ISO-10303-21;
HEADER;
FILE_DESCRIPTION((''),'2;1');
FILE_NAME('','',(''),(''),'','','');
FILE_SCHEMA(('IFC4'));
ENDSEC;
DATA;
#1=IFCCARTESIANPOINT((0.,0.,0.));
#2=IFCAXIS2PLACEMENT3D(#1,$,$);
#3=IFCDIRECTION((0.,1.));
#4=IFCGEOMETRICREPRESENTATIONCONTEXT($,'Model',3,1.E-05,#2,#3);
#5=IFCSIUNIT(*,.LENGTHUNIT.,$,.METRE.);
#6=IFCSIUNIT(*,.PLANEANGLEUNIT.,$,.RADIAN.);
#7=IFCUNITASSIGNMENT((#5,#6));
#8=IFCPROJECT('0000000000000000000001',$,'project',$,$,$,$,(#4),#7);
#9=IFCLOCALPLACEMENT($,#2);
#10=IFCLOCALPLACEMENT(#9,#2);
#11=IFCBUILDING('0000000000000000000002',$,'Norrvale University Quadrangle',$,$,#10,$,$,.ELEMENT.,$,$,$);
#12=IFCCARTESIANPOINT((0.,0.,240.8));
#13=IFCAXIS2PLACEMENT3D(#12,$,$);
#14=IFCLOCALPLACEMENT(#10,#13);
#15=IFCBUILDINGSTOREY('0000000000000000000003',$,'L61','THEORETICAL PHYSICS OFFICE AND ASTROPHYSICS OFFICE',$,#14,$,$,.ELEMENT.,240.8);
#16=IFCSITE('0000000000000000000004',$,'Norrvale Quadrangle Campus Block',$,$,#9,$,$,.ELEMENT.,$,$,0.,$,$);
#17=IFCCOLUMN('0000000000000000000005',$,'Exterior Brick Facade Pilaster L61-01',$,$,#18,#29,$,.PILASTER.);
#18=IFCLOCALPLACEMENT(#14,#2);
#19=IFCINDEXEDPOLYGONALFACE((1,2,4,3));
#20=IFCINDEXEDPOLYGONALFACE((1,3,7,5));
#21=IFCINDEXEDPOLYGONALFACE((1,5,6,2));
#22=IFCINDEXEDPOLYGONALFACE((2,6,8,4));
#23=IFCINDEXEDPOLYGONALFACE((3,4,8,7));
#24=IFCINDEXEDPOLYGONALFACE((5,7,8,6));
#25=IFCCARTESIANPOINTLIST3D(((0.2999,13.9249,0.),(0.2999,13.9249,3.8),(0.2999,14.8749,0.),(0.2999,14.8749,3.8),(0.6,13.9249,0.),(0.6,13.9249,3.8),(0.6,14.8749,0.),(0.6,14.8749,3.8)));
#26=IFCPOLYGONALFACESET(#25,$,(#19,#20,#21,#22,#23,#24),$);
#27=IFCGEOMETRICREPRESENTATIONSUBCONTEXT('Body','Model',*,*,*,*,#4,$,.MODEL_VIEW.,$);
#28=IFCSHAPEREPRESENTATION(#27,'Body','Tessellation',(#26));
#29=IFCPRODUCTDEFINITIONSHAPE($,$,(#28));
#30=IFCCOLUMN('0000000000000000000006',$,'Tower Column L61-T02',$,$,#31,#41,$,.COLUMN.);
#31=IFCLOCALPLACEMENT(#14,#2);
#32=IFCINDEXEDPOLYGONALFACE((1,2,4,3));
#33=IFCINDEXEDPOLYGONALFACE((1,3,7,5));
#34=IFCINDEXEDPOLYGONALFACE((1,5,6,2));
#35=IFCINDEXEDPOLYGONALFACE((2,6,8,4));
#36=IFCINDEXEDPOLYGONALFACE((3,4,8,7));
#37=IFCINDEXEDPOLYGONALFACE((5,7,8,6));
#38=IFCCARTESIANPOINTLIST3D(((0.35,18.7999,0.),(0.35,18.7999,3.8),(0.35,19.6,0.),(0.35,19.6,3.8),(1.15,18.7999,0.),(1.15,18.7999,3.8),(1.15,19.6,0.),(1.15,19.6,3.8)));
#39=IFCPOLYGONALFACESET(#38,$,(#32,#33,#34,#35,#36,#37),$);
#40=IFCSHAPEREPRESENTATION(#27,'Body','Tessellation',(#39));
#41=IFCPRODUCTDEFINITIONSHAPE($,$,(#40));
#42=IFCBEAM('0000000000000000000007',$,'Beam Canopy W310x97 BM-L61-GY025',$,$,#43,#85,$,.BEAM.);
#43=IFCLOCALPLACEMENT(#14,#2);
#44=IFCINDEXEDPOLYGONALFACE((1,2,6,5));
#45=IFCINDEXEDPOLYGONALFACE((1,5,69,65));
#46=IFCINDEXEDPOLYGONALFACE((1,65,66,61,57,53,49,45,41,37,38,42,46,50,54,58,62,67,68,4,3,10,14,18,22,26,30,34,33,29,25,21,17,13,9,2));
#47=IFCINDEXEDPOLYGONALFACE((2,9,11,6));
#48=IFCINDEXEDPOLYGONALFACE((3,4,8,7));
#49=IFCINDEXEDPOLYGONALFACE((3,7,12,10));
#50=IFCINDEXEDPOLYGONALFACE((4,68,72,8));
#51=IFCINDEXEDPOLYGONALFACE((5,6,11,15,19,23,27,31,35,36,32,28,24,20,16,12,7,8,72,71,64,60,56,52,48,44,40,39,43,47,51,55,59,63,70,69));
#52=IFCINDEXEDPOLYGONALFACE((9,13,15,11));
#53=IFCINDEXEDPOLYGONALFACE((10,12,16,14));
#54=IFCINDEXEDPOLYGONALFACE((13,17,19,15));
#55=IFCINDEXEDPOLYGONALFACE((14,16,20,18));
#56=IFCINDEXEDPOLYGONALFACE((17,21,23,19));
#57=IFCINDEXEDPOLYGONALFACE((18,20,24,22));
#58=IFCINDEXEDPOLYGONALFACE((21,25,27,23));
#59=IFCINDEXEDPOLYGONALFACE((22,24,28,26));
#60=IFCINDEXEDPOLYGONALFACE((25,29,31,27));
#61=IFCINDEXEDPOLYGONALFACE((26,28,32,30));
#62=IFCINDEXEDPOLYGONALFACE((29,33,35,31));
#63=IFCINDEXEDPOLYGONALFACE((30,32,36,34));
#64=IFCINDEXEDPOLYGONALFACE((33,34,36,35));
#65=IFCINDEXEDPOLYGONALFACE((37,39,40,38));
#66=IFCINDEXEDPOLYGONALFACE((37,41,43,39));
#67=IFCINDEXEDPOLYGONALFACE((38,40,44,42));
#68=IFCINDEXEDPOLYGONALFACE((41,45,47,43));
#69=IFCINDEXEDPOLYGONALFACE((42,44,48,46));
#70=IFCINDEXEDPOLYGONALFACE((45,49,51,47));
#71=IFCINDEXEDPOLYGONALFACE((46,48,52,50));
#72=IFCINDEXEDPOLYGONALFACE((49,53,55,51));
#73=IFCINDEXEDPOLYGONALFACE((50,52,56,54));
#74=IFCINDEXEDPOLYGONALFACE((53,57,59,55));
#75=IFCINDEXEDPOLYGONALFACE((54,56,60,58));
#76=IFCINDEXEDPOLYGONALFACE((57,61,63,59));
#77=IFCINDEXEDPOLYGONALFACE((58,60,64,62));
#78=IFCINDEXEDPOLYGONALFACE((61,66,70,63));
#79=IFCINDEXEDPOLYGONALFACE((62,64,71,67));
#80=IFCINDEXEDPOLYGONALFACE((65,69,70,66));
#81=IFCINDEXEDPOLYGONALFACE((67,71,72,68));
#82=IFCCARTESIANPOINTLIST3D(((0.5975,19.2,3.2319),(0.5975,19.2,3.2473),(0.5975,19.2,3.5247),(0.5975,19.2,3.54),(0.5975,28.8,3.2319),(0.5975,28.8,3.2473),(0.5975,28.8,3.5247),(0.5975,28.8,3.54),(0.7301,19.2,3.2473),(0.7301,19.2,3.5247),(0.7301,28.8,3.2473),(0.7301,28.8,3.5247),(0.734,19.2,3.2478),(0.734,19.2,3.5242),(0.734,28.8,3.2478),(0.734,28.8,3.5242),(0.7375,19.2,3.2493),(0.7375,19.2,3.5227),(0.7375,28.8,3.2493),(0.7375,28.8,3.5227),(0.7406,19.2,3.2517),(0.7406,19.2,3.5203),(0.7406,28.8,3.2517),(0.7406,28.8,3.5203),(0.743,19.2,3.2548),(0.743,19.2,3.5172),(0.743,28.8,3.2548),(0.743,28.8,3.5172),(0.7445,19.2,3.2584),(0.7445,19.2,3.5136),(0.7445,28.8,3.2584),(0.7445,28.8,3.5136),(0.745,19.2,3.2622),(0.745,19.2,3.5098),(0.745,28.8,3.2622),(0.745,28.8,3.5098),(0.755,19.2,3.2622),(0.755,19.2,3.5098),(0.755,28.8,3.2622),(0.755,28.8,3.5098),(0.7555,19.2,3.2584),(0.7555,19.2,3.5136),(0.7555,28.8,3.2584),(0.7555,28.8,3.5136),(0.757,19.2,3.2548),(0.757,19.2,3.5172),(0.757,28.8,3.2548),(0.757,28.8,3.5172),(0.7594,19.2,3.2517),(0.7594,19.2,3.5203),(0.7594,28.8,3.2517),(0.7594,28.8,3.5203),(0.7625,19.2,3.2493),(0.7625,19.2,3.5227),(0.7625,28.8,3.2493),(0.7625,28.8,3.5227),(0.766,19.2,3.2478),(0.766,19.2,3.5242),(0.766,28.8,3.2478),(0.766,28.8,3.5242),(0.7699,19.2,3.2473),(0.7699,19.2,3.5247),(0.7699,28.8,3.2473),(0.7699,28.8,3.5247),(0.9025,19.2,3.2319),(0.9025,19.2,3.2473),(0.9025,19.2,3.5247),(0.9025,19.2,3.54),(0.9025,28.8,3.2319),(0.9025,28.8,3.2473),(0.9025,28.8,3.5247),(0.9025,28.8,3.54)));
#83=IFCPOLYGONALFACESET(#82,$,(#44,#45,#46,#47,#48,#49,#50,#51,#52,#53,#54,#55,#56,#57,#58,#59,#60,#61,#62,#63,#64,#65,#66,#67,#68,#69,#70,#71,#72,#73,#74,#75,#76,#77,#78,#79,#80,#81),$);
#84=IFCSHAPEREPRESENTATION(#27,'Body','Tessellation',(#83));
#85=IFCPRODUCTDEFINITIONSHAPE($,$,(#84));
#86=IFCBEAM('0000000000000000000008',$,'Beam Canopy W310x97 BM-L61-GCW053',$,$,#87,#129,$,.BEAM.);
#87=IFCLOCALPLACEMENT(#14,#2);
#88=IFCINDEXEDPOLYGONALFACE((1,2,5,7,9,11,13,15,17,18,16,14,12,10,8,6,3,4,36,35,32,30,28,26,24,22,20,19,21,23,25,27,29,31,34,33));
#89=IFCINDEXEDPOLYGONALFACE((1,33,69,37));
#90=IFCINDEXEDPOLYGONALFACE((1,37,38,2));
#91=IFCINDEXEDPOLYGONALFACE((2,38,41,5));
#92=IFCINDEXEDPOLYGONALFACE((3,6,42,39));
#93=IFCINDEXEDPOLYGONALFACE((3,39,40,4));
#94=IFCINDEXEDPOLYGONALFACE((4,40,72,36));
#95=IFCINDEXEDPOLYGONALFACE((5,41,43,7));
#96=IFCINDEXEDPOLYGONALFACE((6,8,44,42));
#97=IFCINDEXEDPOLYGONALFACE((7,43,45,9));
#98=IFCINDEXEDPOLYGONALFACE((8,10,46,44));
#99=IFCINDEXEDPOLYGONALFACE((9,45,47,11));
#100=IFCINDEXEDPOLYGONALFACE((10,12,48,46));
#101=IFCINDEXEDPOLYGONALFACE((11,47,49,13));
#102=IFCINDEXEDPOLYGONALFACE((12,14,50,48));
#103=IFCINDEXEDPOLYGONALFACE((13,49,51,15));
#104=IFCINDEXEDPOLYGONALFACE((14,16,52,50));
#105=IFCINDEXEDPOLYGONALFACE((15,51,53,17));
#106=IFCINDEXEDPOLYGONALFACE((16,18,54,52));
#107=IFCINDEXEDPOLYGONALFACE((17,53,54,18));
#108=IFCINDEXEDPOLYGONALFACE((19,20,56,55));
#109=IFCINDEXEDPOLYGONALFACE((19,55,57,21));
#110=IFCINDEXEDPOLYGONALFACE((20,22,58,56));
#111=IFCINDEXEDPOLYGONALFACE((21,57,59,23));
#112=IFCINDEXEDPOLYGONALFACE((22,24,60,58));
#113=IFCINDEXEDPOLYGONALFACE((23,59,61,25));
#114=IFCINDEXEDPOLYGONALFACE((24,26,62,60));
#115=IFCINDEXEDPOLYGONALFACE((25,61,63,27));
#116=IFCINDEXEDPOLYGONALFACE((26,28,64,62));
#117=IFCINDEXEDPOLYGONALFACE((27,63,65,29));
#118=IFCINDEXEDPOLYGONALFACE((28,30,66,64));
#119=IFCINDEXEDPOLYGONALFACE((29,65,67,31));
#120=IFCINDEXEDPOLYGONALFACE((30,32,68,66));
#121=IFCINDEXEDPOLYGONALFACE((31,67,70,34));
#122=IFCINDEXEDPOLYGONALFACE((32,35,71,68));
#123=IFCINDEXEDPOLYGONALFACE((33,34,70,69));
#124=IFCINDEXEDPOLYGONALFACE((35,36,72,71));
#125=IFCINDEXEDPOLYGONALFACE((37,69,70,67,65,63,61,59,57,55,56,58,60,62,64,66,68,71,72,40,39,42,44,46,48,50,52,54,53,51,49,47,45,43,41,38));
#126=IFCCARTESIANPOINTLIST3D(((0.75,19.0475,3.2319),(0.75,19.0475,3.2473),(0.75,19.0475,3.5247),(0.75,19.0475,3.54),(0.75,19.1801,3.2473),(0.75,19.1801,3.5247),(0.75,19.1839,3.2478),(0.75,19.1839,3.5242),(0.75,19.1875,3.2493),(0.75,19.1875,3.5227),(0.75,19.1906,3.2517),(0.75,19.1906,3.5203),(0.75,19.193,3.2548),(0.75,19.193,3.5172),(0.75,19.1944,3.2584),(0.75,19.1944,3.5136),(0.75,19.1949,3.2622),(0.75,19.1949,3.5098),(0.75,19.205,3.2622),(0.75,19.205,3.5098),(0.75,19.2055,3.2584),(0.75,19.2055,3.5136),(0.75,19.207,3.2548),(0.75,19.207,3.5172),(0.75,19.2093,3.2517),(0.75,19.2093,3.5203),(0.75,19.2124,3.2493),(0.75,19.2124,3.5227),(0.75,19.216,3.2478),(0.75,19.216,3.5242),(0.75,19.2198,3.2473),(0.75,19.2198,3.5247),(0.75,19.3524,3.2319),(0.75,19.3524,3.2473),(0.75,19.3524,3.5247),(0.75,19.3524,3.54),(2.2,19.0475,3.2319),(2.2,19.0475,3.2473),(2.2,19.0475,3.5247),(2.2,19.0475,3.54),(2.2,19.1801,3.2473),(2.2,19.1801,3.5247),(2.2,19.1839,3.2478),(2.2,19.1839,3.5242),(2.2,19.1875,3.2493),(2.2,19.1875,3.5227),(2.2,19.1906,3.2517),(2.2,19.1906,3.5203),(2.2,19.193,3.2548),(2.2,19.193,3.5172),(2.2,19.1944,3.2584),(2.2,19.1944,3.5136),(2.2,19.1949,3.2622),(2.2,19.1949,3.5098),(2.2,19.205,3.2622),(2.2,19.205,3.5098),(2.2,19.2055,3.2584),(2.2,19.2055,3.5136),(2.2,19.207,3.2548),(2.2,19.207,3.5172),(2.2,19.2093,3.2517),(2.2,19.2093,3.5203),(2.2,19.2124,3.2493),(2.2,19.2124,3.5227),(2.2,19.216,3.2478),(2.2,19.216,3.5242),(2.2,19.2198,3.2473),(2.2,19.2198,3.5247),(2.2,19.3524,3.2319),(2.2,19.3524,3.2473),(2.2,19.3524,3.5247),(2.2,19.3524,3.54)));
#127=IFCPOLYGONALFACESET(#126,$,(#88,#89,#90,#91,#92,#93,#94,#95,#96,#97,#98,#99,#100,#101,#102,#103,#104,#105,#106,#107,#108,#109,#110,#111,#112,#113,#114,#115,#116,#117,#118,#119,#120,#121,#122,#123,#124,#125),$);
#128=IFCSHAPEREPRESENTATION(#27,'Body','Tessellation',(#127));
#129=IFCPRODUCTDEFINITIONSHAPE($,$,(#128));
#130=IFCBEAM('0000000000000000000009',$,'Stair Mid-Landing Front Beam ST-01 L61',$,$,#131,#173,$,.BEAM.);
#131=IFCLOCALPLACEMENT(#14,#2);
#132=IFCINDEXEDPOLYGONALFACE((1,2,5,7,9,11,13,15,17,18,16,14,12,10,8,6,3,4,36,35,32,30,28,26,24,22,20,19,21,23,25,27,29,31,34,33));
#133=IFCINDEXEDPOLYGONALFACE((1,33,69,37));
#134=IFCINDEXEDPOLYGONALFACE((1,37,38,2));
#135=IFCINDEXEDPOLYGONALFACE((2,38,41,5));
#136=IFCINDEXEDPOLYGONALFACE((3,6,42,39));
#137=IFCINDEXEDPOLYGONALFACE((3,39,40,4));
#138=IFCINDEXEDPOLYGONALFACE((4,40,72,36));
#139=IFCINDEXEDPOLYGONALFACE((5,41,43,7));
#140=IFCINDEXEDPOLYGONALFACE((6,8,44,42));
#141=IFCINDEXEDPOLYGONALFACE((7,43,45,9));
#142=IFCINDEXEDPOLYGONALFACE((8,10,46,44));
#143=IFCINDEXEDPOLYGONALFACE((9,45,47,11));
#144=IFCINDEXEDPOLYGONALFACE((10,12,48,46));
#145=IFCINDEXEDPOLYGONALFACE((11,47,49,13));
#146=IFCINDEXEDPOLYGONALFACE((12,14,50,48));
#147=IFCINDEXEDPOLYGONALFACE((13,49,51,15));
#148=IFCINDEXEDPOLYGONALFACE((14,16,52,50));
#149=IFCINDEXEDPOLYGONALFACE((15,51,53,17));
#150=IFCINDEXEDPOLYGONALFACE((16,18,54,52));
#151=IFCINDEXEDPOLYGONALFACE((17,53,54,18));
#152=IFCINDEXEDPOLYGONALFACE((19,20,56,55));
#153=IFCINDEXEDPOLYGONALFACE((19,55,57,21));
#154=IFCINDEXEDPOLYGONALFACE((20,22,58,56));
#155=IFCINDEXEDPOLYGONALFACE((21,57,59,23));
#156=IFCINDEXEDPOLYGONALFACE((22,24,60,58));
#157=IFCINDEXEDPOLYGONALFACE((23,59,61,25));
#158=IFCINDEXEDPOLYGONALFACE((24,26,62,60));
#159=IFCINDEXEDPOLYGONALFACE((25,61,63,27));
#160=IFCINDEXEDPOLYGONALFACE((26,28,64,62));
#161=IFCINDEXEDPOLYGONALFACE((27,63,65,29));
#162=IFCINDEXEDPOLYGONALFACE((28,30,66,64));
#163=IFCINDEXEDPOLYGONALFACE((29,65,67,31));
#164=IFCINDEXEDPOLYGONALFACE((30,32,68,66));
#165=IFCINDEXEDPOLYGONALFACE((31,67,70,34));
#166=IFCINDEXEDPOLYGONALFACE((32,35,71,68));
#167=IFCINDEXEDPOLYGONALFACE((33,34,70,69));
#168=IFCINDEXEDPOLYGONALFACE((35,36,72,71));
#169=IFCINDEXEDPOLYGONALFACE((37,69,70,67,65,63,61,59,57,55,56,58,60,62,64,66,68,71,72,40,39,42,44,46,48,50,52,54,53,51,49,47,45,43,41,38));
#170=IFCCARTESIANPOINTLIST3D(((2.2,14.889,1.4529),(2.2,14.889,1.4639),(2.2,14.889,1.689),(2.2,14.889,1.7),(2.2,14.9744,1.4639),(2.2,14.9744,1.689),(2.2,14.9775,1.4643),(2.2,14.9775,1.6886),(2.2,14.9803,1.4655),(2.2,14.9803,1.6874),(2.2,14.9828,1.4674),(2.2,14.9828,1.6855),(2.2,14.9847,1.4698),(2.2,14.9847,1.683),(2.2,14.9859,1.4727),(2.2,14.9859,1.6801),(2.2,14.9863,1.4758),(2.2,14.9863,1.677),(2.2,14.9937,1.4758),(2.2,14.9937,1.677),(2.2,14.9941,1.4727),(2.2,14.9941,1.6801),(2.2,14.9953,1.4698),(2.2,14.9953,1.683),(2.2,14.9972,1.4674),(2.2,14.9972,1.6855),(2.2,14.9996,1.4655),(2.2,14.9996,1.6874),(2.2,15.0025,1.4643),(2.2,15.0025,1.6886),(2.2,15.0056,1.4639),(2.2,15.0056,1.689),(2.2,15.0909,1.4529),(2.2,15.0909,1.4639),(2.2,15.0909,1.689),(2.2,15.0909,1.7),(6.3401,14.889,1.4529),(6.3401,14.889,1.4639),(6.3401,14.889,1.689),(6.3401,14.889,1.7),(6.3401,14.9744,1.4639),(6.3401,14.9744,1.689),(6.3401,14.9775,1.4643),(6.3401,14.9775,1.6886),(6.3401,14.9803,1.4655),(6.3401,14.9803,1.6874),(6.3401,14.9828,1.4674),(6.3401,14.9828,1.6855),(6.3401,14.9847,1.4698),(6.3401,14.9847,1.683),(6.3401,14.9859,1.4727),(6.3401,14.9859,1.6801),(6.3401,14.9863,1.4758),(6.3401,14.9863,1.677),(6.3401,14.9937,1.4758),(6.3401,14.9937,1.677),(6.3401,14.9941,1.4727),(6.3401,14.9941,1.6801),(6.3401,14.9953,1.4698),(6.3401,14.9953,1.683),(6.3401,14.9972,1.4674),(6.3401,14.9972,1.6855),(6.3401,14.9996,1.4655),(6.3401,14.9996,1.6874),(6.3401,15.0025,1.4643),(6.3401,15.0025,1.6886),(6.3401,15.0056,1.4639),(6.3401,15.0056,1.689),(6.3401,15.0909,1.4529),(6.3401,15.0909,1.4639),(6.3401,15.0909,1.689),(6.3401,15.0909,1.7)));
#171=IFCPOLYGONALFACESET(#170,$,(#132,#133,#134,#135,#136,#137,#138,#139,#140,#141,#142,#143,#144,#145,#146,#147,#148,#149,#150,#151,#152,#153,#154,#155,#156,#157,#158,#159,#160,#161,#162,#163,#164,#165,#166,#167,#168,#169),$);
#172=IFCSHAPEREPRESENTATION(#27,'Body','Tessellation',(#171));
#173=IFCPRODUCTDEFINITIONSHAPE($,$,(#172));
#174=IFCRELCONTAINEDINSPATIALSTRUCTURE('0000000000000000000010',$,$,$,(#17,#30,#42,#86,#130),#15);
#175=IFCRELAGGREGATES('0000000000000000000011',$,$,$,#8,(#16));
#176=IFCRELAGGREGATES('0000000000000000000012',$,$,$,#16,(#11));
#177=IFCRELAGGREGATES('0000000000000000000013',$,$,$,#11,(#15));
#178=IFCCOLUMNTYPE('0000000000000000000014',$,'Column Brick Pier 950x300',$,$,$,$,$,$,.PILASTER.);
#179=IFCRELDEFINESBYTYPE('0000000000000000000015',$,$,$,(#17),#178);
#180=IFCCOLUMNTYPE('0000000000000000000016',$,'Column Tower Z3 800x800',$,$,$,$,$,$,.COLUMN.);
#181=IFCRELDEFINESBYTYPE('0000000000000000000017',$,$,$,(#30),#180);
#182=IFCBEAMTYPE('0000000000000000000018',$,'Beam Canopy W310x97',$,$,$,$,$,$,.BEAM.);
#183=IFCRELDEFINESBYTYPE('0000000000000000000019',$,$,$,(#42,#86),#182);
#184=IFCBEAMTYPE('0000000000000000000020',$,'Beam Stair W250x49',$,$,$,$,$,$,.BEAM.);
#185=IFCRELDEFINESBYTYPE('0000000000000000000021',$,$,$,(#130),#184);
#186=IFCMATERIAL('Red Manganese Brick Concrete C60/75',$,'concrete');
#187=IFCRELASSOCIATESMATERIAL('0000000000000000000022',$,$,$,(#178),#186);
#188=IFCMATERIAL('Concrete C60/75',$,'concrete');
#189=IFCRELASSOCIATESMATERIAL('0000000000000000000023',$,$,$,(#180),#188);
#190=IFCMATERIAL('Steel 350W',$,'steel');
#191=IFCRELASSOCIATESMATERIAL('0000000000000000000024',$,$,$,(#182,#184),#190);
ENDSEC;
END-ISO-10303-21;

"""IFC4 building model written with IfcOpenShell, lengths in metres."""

from ifc_helpers import new_model, si_unit, direction, frame, origin, origin_2d, place, context, subcontext, project, spatial, rectangle, i_section, extrude, material, material_profile, profile_set, type_object, element, save


model = new_model("IFC4")

# Units and contexts
model_context = context("Model", 3, precision=1e-05, world=origin(), true_north=direction((0.0, 1.0)))
body_context = subcontext(model_context, "Body", "Model", "MODEL_VIEW")
ifc_project = project(units=[si_unit("LENGTHUNIT", "METRE"), si_unit("PLANEANGLEUNIT", "RADIAN")], contexts=[model_context])

# Site, building, storey
site_placement = place(None, origin())
site = spatial("IfcSite", under=ifc_project, at=site_placement, Name="Norrvale Quadrangle Campus Block", CompositionType="ELEMENT", RefElevation=0.0)
building_placement = place(site_placement, origin())
building = spatial("IfcBuilding", under=site, at=building_placement, Name="Norrvale University Quadrangle", CompositionType="ELEMENT")
storey_placement = place(building_placement, frame((0.0, 0.0, 240.8)))
storey = spatial("IfcBuildingStorey", under=building, at=storey_placement, Name="L61", Description="THEORETICAL PHYSICS OFFICE AND ASTROPHYSICS OFFICE", CompositionType="ELEMENT", Elevation=240.8)

# Columns
ifc_material_1 = material(Name="Red Manganese Brick Concrete C60/75", Category="concrete")
ifc_material_profile_1 = material_profile(ifc_material_1, rectangle(XDim=0.95, YDim=0.3, at=origin_2d()), Name="Red Manganese Brick Concrete C60/75")
ifc_profile_set_1 = profile_set([ifc_material_profile_1], Name="Red Manganese Brick Concrete C60/75")
column_type_1 = type_object("IfcColumnType", Name="Column Brick Pier 950x300", PredefinedType="PILASTER", material=ifc_profile_set_1)
column_1_placement = place(storey_placement, frame((0.45, 14.3999, 0.0), z_axis=(0.0, 0.0, 1.0), x_axis=(0.0, 1.0, 0.0)))
element("IfcColumn", 1, at=column_1_placement, inside=storey, type_object=column_type_1, Name="Exterior Brick Facade Pilaster L61-01", PredefinedType="PILASTER", context=body_context, shape_type="SweptSolid", body=[
    extrude(rectangle(XDim=0.95, YDim=0.3, at=origin_2d()), origin(), (0.0, 0.0, 1.0), 3.8),
])
ifc_material_2 = material(Name="Concrete C60/75", Category="concrete")
ifc_material_profile_2 = material_profile(ifc_material_2, rectangle(XDim=0.8, YDim=0.8, at=origin_2d()), Name="Concrete C60/75")
ifc_profile_set_2 = profile_set([ifc_material_profile_2], Name="Concrete C60/75")
column_type_2 = type_object("IfcColumnType", Name="Column Tower Z3 800x800", PredefinedType="COLUMN", material=ifc_profile_set_2)
column_2_placement = place(storey_placement, frame((0.75, 19.2, 0.0), z_axis=(0.0, 0.0, 1.0), x_axis=(1.0, 0.0, 0.0)))
element("IfcColumn", 2, at=column_2_placement, inside=storey, type_object=column_type_2, Name="Tower Column L61-T02", PredefinedType="COLUMN", context=body_context, shape_type="SweptSolid", body=[
    extrude(rectangle(XDim=0.8, YDim=0.8, at=origin_2d()), origin(), (0.0, 0.0, 1.0), 3.8),
])

# Beams
ifc_material_3 = material(Name="Steel 350W", Category="steel")
ifc_material_profile_3 = material_profile(ifc_material_3, i_section(OverallWidth=0.3049, OverallDepth=0.3081, WebThickness=0.01, FlangeThickness=0.0154, FilletRadius=0.0149, at=origin_2d()), Name="Steel 350W")
ifc_profile_set_3 = profile_set([ifc_material_profile_3], Name="Steel 350W")
beam_type_1 = type_object("IfcBeamType", Name="Beam Canopy W310x97", PredefinedType="BEAM", material=ifc_profile_set_3)
beam_1_placement = place(storey_placement, frame((0.75, 19.2, 3.386), z_axis=(0.0, 1.0, 0.0), x_axis=(-1.0, 0.0, 0.0)))
element("IfcBeam", 3, at=beam_1_placement, inside=storey, type_object=beam_type_1, Name="Beam Canopy W310x97 BM-L61-GY025", PredefinedType="BEAM", context=body_context, shape_type="SweptSolid", body=[
    extrude(i_section(OverallWidth=0.3049, OverallDepth=0.3081, WebThickness=0.01, FlangeThickness=0.0154, FilletRadius=0.0149, at=origin_2d()), origin(), (0.0, 0.0, 1.0), 9.6001),
])
beam_2_placement = place(storey_placement, frame((0.75, 19.2, 3.386), z_axis=(1.0, 0.0, 0.0), x_axis=(0.0, 1.0, 0.0)))
element("IfcBeam", 4, at=beam_2_placement, inside=storey, type_object=beam_type_1, Name="Beam Canopy W310x97 BM-L61-GCW053", PredefinedType="BEAM", context=body_context, shape_type="SweptSolid", body=[
    extrude(i_section(OverallWidth=0.3049, OverallDepth=0.3081, WebThickness=0.01, FlangeThickness=0.0154, FilletRadius=0.0149, at=origin_2d()), origin(), (0.0, 0.0, 1.0), 1.45),
])
ifc_material_profile_4 = material_profile(ifc_material_3, i_section(OverallWidth=0.2019, OverallDepth=0.2471, WebThickness=0.0073, FlangeThickness=0.011, FilletRadius=0.012, at=origin_2d()), Name="Steel 350W")
ifc_profile_set_4 = profile_set([ifc_material_profile_4], Name="Steel 350W")
beam_type_2 = type_object("IfcBeamType", Name="Beam Stair W250x49", PredefinedType="BEAM", material=ifc_profile_set_4)
for number, where, z_axis, x_axis, name in (
    (5, (2.2, 14.99, 1.5764), (1.0, 0.0, 0.0), (0.0, 1.0, 0.0), "Stair Mid-Landing Front Beam ST-01 L61"),
):
    element("IfcBeam", number, at=place(storey_placement, frame(where, z_axis=z_axis, x_axis=x_axis)), inside=storey, type_object=beam_type_2, Name=name, PredefinedType="BEAM", context=body_context, shape_type="SweptSolid", body=[
        extrude(i_section(OverallWidth=0.2019, OverallDepth=0.2471, WebThickness=0.0073, FlangeThickness=0.011, FilletRadius=0.012, at=origin_2d()), origin(), (0.0, 0.0, 1.0), 4.1401),
    ])

save(model, "model.ifc")
